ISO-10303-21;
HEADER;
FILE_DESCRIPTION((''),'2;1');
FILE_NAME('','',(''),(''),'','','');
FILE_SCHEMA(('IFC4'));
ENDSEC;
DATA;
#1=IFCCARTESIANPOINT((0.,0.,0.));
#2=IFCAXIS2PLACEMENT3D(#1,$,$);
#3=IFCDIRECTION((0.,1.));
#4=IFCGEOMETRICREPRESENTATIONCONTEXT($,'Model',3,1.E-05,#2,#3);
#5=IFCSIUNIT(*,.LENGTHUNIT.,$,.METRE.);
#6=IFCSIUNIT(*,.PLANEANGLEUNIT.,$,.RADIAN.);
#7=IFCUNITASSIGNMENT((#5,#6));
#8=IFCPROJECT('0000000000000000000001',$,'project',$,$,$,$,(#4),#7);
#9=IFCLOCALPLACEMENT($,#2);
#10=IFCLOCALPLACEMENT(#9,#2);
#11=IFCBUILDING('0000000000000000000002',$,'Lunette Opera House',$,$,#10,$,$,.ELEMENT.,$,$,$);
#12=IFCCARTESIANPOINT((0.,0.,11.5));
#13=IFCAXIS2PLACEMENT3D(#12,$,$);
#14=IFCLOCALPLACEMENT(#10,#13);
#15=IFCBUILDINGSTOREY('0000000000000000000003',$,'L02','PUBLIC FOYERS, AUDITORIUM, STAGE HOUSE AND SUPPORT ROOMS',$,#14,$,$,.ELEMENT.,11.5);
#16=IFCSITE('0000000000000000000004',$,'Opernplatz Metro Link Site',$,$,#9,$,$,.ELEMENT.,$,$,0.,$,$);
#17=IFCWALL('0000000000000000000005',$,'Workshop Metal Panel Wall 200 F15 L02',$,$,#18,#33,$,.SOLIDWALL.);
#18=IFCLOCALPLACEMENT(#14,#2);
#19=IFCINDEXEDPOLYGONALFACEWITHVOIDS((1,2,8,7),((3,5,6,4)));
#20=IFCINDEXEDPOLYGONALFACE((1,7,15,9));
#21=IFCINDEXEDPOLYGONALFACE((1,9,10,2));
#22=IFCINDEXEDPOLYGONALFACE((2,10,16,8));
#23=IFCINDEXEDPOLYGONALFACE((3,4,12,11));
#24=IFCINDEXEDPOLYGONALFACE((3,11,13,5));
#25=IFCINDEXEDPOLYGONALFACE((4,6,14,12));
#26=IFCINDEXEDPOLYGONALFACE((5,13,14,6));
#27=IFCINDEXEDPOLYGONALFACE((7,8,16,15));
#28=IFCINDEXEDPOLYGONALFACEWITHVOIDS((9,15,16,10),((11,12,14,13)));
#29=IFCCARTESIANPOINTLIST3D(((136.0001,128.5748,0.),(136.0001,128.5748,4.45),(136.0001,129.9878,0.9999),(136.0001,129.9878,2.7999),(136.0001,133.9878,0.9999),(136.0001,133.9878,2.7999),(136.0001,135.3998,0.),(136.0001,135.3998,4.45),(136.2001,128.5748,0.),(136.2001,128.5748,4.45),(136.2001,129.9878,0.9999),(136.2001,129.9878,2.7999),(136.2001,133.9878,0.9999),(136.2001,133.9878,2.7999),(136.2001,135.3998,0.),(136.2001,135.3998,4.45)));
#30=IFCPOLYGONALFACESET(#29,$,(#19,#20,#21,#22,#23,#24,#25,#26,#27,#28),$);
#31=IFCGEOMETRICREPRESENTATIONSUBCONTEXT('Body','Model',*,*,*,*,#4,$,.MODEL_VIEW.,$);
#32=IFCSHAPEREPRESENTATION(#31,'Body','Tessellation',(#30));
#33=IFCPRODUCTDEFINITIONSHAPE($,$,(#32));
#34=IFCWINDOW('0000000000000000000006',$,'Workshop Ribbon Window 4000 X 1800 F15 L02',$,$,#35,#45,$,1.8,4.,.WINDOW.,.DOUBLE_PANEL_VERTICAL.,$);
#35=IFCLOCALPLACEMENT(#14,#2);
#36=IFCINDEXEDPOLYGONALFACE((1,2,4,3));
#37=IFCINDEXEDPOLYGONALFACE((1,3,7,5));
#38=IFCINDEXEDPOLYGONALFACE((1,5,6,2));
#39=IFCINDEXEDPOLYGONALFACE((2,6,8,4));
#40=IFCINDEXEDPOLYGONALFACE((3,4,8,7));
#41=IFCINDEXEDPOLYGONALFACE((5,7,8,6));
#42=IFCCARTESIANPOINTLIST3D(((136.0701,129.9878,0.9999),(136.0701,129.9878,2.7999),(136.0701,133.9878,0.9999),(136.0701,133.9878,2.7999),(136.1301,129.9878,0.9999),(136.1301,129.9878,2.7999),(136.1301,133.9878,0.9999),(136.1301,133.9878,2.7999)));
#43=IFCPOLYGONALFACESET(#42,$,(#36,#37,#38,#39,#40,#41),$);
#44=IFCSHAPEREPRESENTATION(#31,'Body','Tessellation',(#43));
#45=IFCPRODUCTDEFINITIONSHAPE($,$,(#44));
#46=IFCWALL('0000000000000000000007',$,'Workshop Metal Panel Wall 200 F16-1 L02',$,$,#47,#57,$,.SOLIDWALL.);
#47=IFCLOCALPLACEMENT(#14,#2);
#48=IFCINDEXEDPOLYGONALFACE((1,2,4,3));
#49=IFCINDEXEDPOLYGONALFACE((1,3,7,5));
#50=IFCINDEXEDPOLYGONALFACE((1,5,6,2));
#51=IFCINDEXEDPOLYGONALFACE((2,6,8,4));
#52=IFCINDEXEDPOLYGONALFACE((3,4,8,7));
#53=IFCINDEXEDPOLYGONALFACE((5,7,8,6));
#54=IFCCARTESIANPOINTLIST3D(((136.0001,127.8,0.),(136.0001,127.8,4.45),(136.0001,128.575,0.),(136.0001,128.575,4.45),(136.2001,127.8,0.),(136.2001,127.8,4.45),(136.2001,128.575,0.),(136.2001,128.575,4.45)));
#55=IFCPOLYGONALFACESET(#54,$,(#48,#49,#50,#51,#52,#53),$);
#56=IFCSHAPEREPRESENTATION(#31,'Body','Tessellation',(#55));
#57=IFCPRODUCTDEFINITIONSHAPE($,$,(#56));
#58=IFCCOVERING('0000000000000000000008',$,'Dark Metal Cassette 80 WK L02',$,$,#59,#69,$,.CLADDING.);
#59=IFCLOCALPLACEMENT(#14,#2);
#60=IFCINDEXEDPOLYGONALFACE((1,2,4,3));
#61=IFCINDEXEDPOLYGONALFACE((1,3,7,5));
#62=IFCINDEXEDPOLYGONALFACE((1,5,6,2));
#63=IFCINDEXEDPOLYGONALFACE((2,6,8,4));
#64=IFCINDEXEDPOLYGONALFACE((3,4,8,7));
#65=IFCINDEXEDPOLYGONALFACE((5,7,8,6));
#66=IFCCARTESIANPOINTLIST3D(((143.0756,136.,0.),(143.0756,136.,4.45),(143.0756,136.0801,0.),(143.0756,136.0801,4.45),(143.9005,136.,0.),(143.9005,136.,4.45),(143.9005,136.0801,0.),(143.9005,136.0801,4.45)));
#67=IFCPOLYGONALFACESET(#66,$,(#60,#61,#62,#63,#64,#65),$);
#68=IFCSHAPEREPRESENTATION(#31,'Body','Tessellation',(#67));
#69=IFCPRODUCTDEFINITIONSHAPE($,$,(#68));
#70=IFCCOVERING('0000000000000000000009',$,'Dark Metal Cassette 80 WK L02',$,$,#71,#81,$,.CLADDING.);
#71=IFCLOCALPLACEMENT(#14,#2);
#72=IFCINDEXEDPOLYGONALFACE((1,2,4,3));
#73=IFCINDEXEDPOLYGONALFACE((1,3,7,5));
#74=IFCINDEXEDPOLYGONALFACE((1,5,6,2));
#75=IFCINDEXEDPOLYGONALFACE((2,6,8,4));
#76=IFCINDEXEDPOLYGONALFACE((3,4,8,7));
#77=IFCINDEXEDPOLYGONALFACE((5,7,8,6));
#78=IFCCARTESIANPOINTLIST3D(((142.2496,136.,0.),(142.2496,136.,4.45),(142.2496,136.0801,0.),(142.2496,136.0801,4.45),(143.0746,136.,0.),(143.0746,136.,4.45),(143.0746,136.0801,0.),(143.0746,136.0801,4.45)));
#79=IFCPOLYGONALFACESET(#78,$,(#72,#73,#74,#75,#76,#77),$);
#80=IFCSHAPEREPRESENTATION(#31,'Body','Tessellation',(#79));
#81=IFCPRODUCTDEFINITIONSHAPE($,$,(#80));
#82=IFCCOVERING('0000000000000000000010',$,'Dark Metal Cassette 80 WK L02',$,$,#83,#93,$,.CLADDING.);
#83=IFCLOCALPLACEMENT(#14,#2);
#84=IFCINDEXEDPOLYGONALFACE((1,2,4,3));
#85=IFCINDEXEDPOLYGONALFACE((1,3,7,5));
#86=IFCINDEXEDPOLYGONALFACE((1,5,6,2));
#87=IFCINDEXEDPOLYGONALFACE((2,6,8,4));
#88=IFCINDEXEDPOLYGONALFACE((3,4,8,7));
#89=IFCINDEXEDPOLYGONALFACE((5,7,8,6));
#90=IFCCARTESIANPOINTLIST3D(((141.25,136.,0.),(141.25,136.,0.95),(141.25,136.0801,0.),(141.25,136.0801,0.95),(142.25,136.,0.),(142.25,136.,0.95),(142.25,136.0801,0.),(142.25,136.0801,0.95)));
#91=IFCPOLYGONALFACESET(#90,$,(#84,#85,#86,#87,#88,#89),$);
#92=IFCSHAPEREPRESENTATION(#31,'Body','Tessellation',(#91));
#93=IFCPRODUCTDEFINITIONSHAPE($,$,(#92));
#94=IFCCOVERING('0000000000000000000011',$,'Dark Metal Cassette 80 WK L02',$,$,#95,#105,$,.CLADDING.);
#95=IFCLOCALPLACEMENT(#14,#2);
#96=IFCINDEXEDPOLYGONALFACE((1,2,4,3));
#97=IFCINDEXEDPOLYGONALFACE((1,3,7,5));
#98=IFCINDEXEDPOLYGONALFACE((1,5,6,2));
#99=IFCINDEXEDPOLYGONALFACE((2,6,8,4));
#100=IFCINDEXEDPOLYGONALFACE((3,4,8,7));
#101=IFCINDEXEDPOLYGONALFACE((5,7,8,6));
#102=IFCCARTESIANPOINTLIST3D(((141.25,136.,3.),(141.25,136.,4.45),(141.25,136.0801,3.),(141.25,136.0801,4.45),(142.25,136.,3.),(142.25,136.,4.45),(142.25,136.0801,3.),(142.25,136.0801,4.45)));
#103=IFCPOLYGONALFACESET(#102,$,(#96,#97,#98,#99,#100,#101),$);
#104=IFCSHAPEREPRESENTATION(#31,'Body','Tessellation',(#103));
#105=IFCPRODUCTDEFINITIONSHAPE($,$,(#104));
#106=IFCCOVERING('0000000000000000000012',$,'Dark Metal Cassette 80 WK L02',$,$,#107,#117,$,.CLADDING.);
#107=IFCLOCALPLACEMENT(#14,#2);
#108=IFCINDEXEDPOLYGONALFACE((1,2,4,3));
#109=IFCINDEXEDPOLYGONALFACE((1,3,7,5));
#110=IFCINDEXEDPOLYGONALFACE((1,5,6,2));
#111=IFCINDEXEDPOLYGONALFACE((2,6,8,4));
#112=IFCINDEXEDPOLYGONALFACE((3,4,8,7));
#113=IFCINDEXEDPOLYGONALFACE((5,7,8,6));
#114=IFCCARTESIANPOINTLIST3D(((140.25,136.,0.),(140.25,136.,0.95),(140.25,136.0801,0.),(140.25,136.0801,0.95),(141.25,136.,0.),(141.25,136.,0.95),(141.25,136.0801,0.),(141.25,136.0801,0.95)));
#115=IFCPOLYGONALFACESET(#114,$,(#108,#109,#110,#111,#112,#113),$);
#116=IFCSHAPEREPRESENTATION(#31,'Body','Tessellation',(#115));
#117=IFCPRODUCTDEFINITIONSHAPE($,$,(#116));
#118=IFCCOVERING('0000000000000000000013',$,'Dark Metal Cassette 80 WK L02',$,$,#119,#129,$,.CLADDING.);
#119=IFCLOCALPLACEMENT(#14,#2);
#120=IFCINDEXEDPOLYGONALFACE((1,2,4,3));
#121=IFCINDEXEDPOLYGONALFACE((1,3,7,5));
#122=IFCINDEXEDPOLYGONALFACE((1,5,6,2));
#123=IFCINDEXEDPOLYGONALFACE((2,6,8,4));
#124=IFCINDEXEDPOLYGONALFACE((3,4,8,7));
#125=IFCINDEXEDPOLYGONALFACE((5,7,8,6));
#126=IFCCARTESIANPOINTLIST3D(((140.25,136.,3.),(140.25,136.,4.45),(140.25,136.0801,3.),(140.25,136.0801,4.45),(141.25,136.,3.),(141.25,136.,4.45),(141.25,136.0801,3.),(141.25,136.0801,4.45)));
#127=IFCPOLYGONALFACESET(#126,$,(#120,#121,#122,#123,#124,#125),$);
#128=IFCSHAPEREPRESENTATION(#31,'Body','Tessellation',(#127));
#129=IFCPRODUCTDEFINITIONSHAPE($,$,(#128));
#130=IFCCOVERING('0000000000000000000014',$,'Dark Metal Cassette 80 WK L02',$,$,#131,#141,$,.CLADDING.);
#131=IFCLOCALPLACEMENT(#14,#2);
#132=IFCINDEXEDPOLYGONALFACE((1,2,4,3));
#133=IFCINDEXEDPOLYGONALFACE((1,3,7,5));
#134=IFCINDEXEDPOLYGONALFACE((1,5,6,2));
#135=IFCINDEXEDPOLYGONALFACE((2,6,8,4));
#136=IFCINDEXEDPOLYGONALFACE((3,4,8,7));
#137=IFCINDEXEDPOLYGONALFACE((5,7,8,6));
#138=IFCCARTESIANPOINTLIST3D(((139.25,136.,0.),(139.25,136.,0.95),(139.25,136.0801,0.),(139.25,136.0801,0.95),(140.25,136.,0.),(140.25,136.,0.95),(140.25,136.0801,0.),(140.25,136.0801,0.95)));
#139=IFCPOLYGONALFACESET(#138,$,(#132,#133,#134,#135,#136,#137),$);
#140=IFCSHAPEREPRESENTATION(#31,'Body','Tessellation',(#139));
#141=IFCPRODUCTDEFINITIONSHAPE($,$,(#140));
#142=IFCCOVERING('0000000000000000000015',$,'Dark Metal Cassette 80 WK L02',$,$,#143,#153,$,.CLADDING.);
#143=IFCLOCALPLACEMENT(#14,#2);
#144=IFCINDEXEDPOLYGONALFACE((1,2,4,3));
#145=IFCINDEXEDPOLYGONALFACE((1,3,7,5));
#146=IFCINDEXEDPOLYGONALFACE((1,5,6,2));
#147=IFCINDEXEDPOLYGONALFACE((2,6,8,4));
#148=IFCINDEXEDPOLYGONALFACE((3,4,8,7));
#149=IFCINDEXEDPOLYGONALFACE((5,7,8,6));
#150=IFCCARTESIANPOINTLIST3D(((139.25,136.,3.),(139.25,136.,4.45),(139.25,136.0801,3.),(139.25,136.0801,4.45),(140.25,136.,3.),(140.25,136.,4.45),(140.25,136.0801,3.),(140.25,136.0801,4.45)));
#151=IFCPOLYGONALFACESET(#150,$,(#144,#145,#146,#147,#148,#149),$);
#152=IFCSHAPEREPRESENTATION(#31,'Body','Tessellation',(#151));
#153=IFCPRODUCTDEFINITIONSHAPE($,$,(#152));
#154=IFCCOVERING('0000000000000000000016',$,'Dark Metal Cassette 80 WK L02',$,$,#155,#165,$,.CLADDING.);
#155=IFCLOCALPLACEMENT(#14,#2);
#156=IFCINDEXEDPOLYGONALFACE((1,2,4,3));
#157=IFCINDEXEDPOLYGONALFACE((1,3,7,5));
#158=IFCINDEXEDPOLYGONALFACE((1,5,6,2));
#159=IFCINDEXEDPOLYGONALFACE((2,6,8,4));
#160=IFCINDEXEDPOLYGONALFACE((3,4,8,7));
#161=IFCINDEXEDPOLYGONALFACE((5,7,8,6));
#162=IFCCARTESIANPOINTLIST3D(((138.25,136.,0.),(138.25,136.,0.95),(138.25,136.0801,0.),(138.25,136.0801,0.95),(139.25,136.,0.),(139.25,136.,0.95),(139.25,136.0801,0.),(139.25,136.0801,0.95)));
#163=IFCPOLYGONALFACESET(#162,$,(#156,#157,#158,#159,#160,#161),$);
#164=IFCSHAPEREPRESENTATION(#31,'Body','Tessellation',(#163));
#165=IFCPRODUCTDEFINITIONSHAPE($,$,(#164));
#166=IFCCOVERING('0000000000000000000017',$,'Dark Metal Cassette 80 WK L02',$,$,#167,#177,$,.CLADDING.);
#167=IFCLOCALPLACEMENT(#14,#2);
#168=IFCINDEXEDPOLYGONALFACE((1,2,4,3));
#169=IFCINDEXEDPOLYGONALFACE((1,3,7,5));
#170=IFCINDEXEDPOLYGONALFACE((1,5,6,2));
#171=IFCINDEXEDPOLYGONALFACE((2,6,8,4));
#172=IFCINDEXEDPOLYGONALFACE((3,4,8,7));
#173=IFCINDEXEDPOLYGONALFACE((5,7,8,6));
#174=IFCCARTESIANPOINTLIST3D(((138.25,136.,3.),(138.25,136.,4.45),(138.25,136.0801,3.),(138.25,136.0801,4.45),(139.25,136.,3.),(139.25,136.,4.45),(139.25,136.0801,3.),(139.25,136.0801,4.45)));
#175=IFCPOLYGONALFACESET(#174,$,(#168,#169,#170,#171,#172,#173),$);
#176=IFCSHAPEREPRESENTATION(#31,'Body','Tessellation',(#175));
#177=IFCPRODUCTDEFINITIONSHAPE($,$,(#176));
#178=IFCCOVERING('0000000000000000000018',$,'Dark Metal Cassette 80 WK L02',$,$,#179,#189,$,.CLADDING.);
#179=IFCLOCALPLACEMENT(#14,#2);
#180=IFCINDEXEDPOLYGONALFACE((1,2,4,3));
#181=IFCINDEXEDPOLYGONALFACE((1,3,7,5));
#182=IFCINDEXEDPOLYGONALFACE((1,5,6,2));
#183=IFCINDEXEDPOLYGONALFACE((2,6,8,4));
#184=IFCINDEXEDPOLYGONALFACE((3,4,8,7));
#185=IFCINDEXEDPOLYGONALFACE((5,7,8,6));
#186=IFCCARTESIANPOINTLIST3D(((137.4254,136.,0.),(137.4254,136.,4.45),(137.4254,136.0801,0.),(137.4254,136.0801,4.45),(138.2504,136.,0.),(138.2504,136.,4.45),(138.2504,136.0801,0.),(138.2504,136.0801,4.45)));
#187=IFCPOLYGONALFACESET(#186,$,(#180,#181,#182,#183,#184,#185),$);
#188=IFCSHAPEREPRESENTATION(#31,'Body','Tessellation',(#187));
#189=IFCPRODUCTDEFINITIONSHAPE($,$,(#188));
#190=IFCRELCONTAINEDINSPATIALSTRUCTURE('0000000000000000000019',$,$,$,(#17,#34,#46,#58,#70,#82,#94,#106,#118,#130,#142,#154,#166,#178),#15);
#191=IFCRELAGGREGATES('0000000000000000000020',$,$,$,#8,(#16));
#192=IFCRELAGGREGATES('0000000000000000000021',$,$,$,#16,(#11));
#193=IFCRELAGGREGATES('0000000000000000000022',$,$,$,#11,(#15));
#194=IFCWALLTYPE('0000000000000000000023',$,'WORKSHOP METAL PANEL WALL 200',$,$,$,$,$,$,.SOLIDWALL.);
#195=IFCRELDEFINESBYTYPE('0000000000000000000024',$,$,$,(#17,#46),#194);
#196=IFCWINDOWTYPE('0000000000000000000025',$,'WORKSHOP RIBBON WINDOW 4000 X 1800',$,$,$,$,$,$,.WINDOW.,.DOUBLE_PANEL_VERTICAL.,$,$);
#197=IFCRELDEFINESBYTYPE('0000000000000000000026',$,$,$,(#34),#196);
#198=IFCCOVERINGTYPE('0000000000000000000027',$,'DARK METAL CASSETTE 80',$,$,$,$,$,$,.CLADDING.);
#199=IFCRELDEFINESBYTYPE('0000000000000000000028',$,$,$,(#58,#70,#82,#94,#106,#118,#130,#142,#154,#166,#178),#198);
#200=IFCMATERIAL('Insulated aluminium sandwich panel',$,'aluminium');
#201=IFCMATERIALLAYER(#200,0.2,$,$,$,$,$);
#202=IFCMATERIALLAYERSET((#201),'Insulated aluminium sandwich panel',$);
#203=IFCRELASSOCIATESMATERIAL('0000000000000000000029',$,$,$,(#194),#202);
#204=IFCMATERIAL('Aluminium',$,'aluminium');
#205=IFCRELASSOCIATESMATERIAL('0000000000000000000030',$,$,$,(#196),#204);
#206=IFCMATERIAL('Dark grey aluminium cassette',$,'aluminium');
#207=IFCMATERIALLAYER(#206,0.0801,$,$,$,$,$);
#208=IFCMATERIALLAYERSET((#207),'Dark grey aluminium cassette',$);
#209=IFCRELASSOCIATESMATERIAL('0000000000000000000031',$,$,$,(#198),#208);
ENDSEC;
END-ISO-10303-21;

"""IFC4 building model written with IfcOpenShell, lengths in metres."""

from ifc_helpers import new_model, si_unit, direction, frame, frame_2d, origin, origin_2d, place, context, subcontext, project, spatial, rectangle, extrude, material, layer, layer_set, type_object, element, fill, save


model = new_model("IFC4")

# Units and contexts
model_context = context("Model", 3, precision=1e-05, world=origin(), true_north=direction((0.0, 1.0)))
body_context = subcontext(model_context, "Body", "Model", "MODEL_VIEW")
ifc_project = project(units=[si_unit("LENGTHUNIT", "METRE"), si_unit("PLANEANGLEUNIT", "RADIAN")], contexts=[model_context])

# Site, building, storey
site_placement = place(None, origin())
site = spatial("IfcSite", under=ifc_project, at=site_placement, Name="Opernplatz Metro Link Site", CompositionType="ELEMENT", RefElevation=0.0)
building_placement = place(site_placement, origin())
building = spatial("IfcBuilding", under=site, at=building_placement, Name="Lunette Opera House", CompositionType="ELEMENT")
storey_placement = place(building_placement, frame((0.0, 0.0, 11.5)))
storey = spatial("IfcBuildingStorey", under=building, at=storey_placement, Name="L02", Description="PUBLIC FOYERS, AUDITORIUM, STAGE HOUSE AND SUPPORT ROOMS", CompositionType="ELEMENT", Elevation=11.5)

# Wall, opening, window
ifc_material_1 = material(Name="Insulated aluminium sandwich panel", Category="aluminium")
ifc_layer_1 = layer(ifc_material_1, 0.2)
ifc_layer_set_1 = layer_set([ifc_layer_1], Name="Insulated aluminium sandwich panel")
wall_type = type_object("IfcWallType", Name="WORKSHOP METAL PANEL WALL 200", PredefinedType="SOLIDWALL", material=ifc_layer_set_1)
ifc_material_2 = material(Name="Aluminium", Category="aluminium")
window_type = type_object("IfcWindowType", Name="WORKSHOP RIBBON WINDOW 4000 X 1800", PartitioningType="DOUBLE_PANEL_VERTICAL", PredefinedType="WINDOW", material=ifc_material_2)
wall_1_placement = place(storey_placement, frame((136.1001, 135.3999, 0.0), z_axis=(0.0, 0.0, 1.0), x_axis=(0.0, -1.0, 0.0)))
wall_1 = element("IfcWall", 1, at=wall_1_placement, inside=storey, type_object=wall_type, Name="Workshop Metal Panel Wall 200 F15 L02", PredefinedType="SOLIDWALL", context=body_context, shape_type="SweptSolid", body=[
    extrude(rectangle(XDim=6.825, YDim=0.2, at=frame_2d((3.4126, 0.0))), origin(), (0.0, 0.0, 1.0), 4.45),
])
opening_1_placement = place(wall_1_placement, frame((1.4121, 0.0, 1.0)))
opening_1 = element("IfcOpeningElement", 2, at=opening_1_placement, cuts=wall_1, PredefinedType="OPENING", context=body_context, shape_type="SweptSolid", body=[
    extrude(rectangle(XDim=4.0, YDim=1.8, at=frame_2d((2.0, 0.8999))), frame((0.0, 0.1121, 0.0), z_axis=(0.0, -1.0, 0.0), x_axis=(1.0, 0.0, 0.0)), (0.0, 0.0, 1.0), 0.2239),
])
window_1_placement = place(opening_1_placement, origin())
window_1 = element("IfcWindow", 3, at=window_1_placement, inside=storey, type_object=window_type, Name="Workshop Ribbon Window 4000 X 1800 F15 L02", OverallHeight=1.8, OverallWidth=4.0, PartitioningType="DOUBLE_PANEL_VERTICAL", PredefinedType="WINDOW", context=body_context, shape_type="SweptSolid", body=[
    extrude(rectangle(XDim=4.0, YDim=1.8, at=frame_2d((2.0, 0.8999))), frame((0.0, 0.03, 0.0), z_axis=(0.0, -1.0, 0.0), x_axis=(1.0, 0.0, 0.0)), (0.0, 0.0, 1.0), 0.0601),
])
fill(opening_1, window_1)

# Wall
wall_2_placement = place(storey_placement, frame((136.1001, 128.575, 0.0), z_axis=(0.0, 0.0, 1.0), x_axis=(0.0, -1.0, 0.0)))
element("IfcWall", 4, at=wall_2_placement, inside=storey, type_object=wall_type, Name="Workshop Metal Panel Wall 200 F16-1 L02", PredefinedType="SOLIDWALL", context=body_context, shape_type="SweptSolid", body=[
    extrude(rectangle(XDim=0.7749, YDim=0.2, at=frame_2d((0.3875, 0.0))), origin(), (0.0, 0.0, 1.0), 4.45),
])

# Coverings
ifc_material_3 = material(Name="Dark grey aluminium cassette", Category="aluminium")
ifc_layer_2 = layer(ifc_material_3, 0.0801)
ifc_layer_set_2 = layer_set([ifc_layer_2], Name="Dark grey aluminium cassette")
covering_type = type_object("IfcCoveringType", Name="DARK METAL CASSETTE 80", PredefinedType="CLADDING", material=ifc_layer_set_2)
for number, where, z_axis, x_axis, name in (
    (5, (143.488, 136.04, 0.0), (0.0, 0.0, 1.0), (-1.0, 0.0, 0.0), "Dark Metal Cassette 80 WK L02"),
    (6, (142.6621, 136.04, 0.0), (0.0, 0.0, 1.0), (-1.0, 0.0, 0.0), "Dark Metal Cassette 80 WK L02"),
):
    element("IfcCovering", number, at=place(storey_placement, frame(where, z_axis=z_axis, x_axis=x_axis)), inside=storey, type_object=covering_type, Name=name, PredefinedType="CLADDING", context=body_context, shape_type="SweptSolid", body=[
        extrude(rectangle(XDim=0.825, YDim=0.0801, at=origin_2d()), origin(), (0.0, 0.0, 1.0), 4.45),
    ])
covering_1_placement = place(storey_placement, frame((141.75, 136.04, 0.0), z_axis=(0.0, 0.0, 1.0), x_axis=(-1.0, 0.0, 0.0)))
element("IfcCovering", 7, at=covering_1_placement, inside=storey, type_object=covering_type, Name="Dark Metal Cassette 80 WK L02", PredefinedType="CLADDING", context=body_context, shape_type="SweptSolid", body=[
    extrude(rectangle(XDim=1.0, YDim=0.0801, at=origin_2d()), origin(), (0.0, 0.0, 1.0), 0.95),
])
covering_2_placement = place(storey_placement, frame((141.75, 136.04, 3.0), z_axis=(0.0, 0.0, 1.0), x_axis=(-1.0, 0.0, 0.0)))
element("IfcCovering", 8, at=covering_2_placement, inside=storey, type_object=covering_type, Name="Dark Metal Cassette 80 WK L02", PredefinedType="CLADDING", context=body_context, shape_type="SweptSolid", body=[
    extrude(rectangle(XDim=1.0, YDim=0.0801, at=origin_2d()), origin(), (0.0, 0.0, 1.0), 1.45),
])
covering_3_placement = place(storey_placement, frame((140.75, 136.04, 0.0), z_axis=(0.0, 0.0, 1.0), x_axis=(-1.0, 0.0, 0.0)))
element("IfcCovering", 9, at=covering_3_placement, inside=storey, type_object=covering_type, Name="Dark Metal Cassette 80 WK L02", PredefinedType="CLADDING", context=body_context, shape_type="SweptSolid", body=[
    extrude(rectangle(XDim=1.0, YDim=0.0801, at=origin_2d()), origin(), (0.0, 0.0, 1.0), 0.95),
])
covering_4_placement = place(storey_placement, frame((140.75, 136.04, 3.0), z_axis=(0.0, 0.0, 1.0), x_axis=(-1.0, 0.0, 0.0)))
element("IfcCovering", 10, at=covering_4_placement, inside=storey, type_object=covering_type, Name="Dark Metal Cassette 80 WK L02", PredefinedType="CLADDING", context=body_context, shape_type="SweptSolid", body=[
    extrude(rectangle(XDim=1.0, YDim=0.0801, at=origin_2d()), origin(), (0.0, 0.0, 1.0), 1.45),
])
covering_5_placement = place(storey_placement, frame((139.75, 136.04, 0.0), z_axis=(0.0, 0.0, 1.0), x_axis=(-1.0, 0.0, 0.0)))
element("IfcCovering", 11, at=covering_5_placement, inside=storey, type_object=covering_type, Name="Dark Metal Cassette 80 WK L02", PredefinedType="CLADDING", context=body_context, shape_type="SweptSolid", body=[
    extrude(rectangle(XDim=1.0, YDim=0.0801, at=origin_2d()), origin(), (0.0, 0.0, 1.0), 0.95),
])
covering_6_placement = place(storey_placement, frame((139.75, 136.04, 3.0), z_axis=(0.0, 0.0, 1.0), x_axis=(-1.0, 0.0, 0.0)))
element("IfcCovering", 12, at=covering_6_placement, inside=storey, type_object=covering_type, Name="Dark Metal Cassette 80 WK L02", PredefinedType="CLADDING", context=body_context, shape_type="SweptSolid", body=[
    extrude(rectangle(XDim=1.0, YDim=0.0801, at=origin_2d()), origin(), (0.0, 0.0, 1.0), 1.45),
])
covering_7_placement = place(storey_placement, frame((138.75, 136.04, 0.0), z_axis=(0.0, 0.0, 1.0), x_axis=(-1.0, 0.0, 0.0)))
element("IfcCovering", 13, at=covering_7_placement, inside=storey, type_object=covering_type, Name="Dark Metal Cassette 80 WK L02", PredefinedType="CLADDING", context=body_context, shape_type="SweptSolid", body=[
    extrude(rectangle(XDim=1.0, YDim=0.0801, at=origin_2d()), origin(), (0.0, 0.0, 1.0), 0.95),
])
covering_8_placement = place(storey_placement, frame((138.75, 136.04, 3.0), z_axis=(0.0, 0.0, 1.0), x_axis=(-1.0, 0.0, 0.0)))
element("IfcCovering", 14, at=covering_8_placement, inside=storey, type_object=covering_type, Name="Dark Metal Cassette 80 WK L02", PredefinedType="CLADDING", context=body_context, shape_type="SweptSolid", body=[
    extrude(rectangle(XDim=1.0, YDim=0.0801, at=origin_2d()), origin(), (0.0, 0.0, 1.0), 1.45),
])
for number, where, z_axis, x_axis, name in (
    (15, (137.8379, 136.04, 0.0), (0.0, 0.0, 1.0), (-1.0, 0.0, 0.0), "Dark Metal Cassette 80 WK L02"),
):
    element("IfcCovering", number, at=place(storey_placement, frame(where, z_axis=z_axis, x_axis=x_axis)), inside=storey, type_object=covering_type, Name=name, PredefinedType="CLADDING", context=body_context, shape_type="SweptSolid", body=[
        extrude(rectangle(XDim=0.825, YDim=0.0801, at=origin_2d()), origin(), (0.0, 0.0, 1.0), 4.45),
    ])

save(model, "model.ifc")
